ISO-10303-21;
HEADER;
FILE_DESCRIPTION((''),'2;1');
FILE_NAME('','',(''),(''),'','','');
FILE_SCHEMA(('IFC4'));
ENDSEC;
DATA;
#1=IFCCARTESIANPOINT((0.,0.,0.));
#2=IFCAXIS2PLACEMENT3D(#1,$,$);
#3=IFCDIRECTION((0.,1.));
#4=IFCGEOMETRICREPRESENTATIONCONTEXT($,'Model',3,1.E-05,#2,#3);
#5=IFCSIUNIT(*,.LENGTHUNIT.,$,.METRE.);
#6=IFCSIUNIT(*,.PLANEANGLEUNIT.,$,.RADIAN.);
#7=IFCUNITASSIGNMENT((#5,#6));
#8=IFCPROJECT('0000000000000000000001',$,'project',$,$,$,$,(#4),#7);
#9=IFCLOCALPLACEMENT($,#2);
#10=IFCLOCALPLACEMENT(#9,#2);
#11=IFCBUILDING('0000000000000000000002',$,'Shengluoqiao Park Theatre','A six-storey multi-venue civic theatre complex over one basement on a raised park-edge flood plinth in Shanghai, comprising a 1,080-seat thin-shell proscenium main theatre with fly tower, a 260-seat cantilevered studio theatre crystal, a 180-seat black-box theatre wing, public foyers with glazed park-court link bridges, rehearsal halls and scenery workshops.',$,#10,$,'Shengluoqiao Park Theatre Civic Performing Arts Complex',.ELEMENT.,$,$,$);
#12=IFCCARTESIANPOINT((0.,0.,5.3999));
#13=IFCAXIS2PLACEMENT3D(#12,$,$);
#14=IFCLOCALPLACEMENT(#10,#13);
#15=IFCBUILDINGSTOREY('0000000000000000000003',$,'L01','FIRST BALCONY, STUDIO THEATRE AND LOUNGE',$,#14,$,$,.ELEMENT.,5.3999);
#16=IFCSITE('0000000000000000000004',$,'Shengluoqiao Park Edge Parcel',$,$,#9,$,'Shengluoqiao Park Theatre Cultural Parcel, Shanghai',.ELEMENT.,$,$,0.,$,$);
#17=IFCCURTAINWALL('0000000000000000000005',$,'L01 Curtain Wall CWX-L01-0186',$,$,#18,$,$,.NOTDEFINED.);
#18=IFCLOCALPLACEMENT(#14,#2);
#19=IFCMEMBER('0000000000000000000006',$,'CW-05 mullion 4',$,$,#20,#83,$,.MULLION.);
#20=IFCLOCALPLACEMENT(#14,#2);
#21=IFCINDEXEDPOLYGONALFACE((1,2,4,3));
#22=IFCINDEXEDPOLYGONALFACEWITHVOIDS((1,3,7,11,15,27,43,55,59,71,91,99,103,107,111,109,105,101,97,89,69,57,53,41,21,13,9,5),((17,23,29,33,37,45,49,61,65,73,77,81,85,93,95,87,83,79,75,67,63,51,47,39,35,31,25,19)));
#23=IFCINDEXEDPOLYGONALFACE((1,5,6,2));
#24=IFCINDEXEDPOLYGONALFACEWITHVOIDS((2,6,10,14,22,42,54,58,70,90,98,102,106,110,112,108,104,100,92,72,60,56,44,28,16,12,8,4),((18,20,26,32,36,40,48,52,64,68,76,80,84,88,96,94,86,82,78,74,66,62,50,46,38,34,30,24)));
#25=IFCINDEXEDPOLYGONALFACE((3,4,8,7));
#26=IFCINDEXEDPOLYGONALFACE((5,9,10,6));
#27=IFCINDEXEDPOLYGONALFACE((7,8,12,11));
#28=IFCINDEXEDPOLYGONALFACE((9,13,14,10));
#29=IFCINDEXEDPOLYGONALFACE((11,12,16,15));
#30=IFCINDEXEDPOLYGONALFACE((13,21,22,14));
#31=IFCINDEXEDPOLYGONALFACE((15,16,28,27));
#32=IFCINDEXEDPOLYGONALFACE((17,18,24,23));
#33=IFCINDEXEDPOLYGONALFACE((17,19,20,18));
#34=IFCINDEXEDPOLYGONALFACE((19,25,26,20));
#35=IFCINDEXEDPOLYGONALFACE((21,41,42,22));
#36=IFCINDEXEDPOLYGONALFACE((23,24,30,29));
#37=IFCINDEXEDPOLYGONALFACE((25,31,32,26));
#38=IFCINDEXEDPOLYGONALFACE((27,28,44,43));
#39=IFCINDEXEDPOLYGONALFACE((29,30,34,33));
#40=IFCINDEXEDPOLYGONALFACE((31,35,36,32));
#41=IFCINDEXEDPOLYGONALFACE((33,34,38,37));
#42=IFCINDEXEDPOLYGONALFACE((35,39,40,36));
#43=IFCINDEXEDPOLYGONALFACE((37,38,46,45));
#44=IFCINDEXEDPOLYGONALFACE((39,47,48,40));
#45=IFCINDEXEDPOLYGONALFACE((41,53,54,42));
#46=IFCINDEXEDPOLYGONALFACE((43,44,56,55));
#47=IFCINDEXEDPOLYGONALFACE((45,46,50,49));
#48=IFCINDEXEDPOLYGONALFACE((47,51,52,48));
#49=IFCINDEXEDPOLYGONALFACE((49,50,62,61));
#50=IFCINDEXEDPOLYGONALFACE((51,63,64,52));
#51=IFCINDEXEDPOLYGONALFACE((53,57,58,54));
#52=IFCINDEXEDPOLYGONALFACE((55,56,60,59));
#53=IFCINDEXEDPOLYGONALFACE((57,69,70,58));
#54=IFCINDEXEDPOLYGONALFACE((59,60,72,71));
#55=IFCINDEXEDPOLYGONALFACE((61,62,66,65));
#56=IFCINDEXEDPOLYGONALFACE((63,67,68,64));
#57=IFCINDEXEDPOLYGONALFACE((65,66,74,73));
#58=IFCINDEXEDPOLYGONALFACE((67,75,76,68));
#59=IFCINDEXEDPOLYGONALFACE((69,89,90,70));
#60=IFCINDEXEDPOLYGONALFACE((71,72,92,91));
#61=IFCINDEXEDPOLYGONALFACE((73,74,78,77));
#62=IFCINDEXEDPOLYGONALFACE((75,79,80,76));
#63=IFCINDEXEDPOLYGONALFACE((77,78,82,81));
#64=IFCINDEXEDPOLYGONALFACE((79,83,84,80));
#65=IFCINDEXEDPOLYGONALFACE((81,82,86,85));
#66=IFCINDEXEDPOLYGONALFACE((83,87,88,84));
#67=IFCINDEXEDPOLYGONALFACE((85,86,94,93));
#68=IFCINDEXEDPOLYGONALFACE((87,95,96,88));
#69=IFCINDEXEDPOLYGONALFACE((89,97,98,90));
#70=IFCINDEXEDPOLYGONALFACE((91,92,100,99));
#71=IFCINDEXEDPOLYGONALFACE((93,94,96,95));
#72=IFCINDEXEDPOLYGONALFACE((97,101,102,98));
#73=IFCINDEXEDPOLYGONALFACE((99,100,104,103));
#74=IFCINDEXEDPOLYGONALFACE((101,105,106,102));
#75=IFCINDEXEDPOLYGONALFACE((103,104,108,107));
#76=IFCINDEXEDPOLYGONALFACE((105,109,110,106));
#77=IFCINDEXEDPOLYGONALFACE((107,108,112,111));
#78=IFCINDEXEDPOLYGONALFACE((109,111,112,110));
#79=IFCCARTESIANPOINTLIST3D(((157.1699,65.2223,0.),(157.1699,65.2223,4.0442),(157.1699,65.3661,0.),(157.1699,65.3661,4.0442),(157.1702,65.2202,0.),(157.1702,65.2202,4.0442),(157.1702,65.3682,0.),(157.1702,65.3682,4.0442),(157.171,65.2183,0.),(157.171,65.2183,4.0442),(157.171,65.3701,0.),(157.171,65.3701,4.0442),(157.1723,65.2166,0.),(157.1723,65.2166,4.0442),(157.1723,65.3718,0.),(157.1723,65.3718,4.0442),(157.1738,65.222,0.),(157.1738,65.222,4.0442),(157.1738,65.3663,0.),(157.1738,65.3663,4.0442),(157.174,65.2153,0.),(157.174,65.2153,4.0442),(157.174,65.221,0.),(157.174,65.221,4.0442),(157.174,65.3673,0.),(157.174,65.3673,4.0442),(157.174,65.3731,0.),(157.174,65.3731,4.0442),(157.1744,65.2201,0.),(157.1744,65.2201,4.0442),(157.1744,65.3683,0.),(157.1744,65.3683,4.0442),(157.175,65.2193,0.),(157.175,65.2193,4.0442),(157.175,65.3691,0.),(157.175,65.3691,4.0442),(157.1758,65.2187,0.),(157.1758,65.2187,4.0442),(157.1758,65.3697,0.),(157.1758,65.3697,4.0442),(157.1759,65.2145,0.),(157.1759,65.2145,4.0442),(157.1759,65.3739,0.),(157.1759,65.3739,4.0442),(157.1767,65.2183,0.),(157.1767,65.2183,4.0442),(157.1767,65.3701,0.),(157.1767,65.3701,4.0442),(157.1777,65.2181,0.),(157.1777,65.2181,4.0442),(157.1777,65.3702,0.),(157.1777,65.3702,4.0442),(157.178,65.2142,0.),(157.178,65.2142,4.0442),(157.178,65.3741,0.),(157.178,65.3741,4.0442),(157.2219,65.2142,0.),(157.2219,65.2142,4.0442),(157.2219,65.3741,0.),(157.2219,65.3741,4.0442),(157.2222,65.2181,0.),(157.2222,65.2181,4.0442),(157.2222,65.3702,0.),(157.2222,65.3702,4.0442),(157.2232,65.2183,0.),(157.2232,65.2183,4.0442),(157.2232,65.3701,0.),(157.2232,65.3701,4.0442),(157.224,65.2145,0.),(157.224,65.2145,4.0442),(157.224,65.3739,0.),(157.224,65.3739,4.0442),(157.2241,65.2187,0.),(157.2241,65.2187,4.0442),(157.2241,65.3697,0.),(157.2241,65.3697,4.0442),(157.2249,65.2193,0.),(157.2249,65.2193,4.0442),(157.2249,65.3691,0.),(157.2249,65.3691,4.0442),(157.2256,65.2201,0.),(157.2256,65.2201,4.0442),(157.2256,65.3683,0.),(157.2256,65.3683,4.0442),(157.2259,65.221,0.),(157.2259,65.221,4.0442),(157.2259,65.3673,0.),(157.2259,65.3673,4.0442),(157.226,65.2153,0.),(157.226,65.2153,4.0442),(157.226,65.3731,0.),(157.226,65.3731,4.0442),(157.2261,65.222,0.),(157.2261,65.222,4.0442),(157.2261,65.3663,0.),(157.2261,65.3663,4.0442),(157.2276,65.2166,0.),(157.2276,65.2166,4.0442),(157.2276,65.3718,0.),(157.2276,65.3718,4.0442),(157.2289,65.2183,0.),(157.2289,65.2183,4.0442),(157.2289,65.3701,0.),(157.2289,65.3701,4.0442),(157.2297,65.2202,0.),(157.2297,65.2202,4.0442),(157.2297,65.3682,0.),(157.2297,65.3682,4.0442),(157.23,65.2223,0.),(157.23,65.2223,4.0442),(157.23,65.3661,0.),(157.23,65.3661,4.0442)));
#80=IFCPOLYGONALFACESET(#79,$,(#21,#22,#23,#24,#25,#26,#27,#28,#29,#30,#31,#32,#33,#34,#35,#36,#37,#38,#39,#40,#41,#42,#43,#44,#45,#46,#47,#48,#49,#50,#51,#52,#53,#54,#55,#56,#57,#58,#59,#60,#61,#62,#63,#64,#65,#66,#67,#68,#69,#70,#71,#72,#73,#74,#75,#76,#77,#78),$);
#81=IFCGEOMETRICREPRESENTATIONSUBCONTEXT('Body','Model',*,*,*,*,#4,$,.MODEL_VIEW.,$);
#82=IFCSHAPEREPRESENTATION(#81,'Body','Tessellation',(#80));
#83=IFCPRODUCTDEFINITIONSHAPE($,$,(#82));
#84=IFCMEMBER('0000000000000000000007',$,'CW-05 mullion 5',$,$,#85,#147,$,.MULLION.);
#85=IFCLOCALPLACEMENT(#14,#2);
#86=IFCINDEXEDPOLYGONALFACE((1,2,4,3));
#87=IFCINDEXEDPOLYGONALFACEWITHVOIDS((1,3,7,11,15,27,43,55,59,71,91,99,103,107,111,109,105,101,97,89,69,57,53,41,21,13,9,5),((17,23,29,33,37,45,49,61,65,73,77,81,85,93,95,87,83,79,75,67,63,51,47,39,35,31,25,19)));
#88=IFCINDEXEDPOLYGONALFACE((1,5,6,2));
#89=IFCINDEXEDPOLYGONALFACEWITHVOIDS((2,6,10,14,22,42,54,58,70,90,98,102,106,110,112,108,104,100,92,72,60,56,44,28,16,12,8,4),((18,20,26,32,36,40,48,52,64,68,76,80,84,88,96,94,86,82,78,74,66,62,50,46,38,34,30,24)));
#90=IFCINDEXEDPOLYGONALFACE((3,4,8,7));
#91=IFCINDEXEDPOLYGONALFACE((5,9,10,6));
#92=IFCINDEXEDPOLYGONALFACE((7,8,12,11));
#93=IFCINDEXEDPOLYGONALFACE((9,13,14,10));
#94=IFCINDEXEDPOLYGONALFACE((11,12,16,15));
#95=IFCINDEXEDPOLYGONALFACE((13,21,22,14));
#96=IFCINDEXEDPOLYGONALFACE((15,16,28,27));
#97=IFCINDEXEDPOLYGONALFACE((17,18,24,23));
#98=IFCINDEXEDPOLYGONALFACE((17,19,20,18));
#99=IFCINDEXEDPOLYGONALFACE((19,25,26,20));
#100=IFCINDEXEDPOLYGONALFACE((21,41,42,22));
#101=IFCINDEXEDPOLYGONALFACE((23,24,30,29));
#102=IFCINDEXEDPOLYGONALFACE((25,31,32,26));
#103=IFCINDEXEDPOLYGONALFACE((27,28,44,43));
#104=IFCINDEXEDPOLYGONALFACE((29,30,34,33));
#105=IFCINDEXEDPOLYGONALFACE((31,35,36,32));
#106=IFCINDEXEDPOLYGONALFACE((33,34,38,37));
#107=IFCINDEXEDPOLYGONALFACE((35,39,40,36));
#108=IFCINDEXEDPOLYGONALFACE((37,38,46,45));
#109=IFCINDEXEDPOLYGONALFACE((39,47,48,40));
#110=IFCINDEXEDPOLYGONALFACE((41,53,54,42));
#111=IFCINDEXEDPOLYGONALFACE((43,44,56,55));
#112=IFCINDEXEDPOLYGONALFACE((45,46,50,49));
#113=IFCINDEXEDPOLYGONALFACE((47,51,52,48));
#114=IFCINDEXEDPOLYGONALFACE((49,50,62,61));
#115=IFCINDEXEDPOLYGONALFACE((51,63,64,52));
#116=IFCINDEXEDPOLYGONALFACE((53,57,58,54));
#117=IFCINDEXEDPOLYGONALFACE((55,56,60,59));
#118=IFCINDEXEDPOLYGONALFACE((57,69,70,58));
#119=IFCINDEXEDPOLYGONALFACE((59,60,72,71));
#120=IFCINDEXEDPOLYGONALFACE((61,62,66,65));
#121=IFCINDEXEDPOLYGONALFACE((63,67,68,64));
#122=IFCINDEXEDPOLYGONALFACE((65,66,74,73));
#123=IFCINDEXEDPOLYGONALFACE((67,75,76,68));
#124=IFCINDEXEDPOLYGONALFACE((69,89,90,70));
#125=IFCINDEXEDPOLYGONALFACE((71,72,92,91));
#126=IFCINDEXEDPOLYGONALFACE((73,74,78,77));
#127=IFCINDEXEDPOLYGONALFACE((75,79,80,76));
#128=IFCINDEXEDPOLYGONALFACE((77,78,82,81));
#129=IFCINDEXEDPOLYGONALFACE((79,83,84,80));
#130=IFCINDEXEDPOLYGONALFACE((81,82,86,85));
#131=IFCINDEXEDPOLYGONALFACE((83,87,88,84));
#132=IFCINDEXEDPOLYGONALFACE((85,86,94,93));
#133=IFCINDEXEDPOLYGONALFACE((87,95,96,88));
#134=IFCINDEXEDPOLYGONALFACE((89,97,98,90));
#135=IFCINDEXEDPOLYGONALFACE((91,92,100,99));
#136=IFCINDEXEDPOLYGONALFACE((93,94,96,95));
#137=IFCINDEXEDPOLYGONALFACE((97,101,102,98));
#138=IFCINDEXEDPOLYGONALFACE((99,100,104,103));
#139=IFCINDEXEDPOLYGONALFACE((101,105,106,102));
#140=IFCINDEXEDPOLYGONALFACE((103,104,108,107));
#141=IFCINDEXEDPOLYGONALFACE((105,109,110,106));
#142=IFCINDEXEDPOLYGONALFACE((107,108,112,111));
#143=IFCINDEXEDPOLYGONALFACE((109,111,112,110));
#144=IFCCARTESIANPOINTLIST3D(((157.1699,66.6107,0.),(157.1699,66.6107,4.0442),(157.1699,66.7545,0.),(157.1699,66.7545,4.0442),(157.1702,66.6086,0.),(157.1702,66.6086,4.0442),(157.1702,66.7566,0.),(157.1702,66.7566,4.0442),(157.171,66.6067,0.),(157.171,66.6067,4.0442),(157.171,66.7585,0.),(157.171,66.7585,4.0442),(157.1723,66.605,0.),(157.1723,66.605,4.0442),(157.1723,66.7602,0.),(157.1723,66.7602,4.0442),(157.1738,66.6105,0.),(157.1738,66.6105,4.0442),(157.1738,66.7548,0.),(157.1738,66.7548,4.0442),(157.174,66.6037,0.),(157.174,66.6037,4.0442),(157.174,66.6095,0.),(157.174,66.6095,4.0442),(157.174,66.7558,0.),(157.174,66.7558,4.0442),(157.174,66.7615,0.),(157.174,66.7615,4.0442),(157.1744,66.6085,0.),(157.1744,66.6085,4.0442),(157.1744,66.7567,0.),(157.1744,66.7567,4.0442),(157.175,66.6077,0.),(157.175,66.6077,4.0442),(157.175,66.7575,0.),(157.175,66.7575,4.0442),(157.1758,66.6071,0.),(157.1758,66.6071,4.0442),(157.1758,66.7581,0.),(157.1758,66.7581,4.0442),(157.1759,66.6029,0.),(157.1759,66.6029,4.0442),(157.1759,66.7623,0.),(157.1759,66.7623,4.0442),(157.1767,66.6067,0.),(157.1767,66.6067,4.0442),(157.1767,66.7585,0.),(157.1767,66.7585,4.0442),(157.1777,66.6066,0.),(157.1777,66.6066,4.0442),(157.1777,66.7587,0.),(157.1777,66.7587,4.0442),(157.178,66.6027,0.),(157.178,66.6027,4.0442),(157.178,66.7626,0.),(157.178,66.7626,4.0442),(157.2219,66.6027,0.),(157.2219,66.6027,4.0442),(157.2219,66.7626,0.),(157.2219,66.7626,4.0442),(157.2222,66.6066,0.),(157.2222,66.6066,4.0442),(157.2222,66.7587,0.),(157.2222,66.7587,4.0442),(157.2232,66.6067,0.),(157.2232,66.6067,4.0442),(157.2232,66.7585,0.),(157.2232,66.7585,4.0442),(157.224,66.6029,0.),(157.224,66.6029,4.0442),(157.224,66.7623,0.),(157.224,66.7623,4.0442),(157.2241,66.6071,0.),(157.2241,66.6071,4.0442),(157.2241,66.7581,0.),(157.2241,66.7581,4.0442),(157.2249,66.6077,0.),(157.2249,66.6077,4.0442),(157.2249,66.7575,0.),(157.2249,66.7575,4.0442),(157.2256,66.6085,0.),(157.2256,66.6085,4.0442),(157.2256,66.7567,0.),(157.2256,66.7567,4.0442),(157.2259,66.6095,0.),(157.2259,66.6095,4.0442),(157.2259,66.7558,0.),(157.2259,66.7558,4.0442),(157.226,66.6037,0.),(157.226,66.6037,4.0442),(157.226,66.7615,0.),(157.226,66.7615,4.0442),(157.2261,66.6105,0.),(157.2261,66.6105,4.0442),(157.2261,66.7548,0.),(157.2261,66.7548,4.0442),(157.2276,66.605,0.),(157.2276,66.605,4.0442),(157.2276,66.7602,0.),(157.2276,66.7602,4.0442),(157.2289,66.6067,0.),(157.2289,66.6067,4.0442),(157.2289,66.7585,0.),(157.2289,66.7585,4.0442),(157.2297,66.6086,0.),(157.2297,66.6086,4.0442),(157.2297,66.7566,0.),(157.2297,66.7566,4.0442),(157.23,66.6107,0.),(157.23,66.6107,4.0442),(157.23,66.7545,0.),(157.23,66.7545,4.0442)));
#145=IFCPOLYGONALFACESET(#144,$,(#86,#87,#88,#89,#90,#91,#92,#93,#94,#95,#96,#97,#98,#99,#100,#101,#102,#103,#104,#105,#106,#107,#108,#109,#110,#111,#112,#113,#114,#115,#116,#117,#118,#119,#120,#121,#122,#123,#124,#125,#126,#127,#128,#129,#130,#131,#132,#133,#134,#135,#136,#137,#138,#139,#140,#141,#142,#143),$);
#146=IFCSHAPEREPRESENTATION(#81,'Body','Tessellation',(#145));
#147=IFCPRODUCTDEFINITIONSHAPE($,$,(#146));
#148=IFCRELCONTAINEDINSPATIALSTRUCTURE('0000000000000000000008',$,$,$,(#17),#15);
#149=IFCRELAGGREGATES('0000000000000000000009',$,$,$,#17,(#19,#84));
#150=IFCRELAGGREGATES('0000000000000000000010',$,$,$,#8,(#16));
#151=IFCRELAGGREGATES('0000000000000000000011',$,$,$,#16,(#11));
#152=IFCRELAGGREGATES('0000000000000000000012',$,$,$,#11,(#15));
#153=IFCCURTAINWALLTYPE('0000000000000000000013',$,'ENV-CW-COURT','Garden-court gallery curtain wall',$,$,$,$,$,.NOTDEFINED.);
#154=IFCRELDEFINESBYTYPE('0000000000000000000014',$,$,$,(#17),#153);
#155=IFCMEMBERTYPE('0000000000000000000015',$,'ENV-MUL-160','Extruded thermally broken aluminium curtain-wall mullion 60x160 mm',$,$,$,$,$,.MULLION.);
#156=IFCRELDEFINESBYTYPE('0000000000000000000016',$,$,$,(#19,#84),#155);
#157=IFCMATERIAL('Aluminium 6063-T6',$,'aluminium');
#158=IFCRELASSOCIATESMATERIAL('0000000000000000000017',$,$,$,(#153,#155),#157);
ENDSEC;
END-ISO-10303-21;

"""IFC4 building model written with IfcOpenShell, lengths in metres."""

from ifc_helpers import new_model, si_unit, direction, frame, origin, origin_2d, place, context, subcontext, project, spatial, hollow_rectangle, extrude, material, material_profile, profile_set, type_object, element, aggregate, save


model = new_model("IFC4")

# Units and contexts
model_context = context("Model", 3, precision=1e-05, world=origin(), true_north=direction((0.0, 1.0)))
body_context = subcontext(model_context, "Body", "Model", "MODEL_VIEW")
ifc_project = project(units=[si_unit("LENGTHUNIT", "METRE"), si_unit("PLANEANGLEUNIT", "RADIAN")], contexts=[model_context])

# Site, building, storey
site_placement = place(None, origin())
site = spatial("IfcSite", under=ifc_project, at=site_placement, Name="Shengluoqiao Park Edge Parcel", LongName="Shengluoqiao Park Theatre Cultural Parcel, Shanghai", CompositionType="ELEMENT", RefElevation=0.0)
building_placement = place(site_placement, origin())
building = spatial("IfcBuilding", under=site, at=building_placement, Name="Shengluoqiao Park Theatre", Description="A six-storey multi-venue civic theatre complex over one basement on a raised park-edge flood plinth in Shanghai, comprising a 1,080-seat thin-shell proscenium main theatre with fly tower, a 260-seat cantilevered studio theatre crystal, a 180-seat black-box theatre wing, public foyers with glazed park-court link bridges, rehearsal halls and scenery workshops.", LongName="Shengluoqiao Park Theatre Civic Performing Arts Complex", CompositionType="ELEMENT")
storey_placement = place(building_placement, frame((0.0, 0.0, 5.3999)))
storey = spatial("IfcBuildingStorey", under=building, at=storey_placement, Name="L01", Description="FIRST BALCONY, STUDIO THEATRE AND LOUNGE", CompositionType="ELEMENT", Elevation=5.3999)

# Curtain wall, members
ifc_material_1 = material(Name="Aluminium 6063-T6", Category="aluminium")
curtain_wall_type = type_object("IfcCurtainWallType", Name="ENV-CW-COURT", Description="Garden-court gallery curtain wall", PredefinedType="NOTDEFINED", material=ifc_material_1)
curtain_wall_placement = place(storey_placement, origin())
curtain_wall = element("IfcCurtainWall", 1, at=curtain_wall_placement, inside=storey, type_object=curtain_wall_type, Name="L01 Curtain Wall CWX-L01-0186", PredefinedType="NOTDEFINED")
ifc_material_profile_1 = material_profile(ifc_material_1, hollow_rectangle(XDim=0.0601, YDim=0.1599, WallThickness=0.0039, InnerFilletRadius=0.0039, OuterFilletRadius=0.0081, at=origin_2d()), Name="ALU MULLION 160x60x4")
ifc_profile_set_1 = profile_set([ifc_material_profile_1], Name="Aluminium 6063-T6")
member_type_1 = type_object("IfcMemberType", Name="ENV-MUL-160", Description="Extruded thermally broken aluminium curtain-wall mullion 60x160 mm", PredefinedType="MULLION", material=ifc_profile_set_1)
member_1_placement = place(storey_placement, frame((157.2, 65.2942, 0.0), z_axis=(0.0, 0.0, 1.0), x_axis=(-1.0, 0.0, 0.0)))
member_1 = element("IfcMember", 2, at=member_1_placement, type_object=member_type_1, Name="CW-05 mullion 4", PredefinedType="MULLION", context=body_context, shape_type="SweptSolid", body=[
    extrude(hollow_rectangle(XDim=0.0601, YDim=0.1599, WallThickness=0.0039, InnerFilletRadius=0.0039, OuterFilletRadius=0.0081, at=origin_2d()), origin(), (0.0, 0.0, 1.0), 4.0442),
])
member_2_placement = place(storey_placement, frame((157.2, 66.6826, 0.0), z_axis=(0.0, 0.0, 1.0), x_axis=(-1.0, 0.0, 0.0)))
member_2 = element("IfcMember", 3, at=member_2_placement, type_object=member_type_1, Name="CW-05 mullion 5", PredefinedType="MULLION", context=body_context, shape_type="SweptSolid", body=[
    extrude(hollow_rectangle(XDim=0.0601, YDim=0.1599, WallThickness=0.0039, InnerFilletRadius=0.0039, OuterFilletRadius=0.0081, at=origin_2d()), origin(), (0.0, 0.0, 1.0), 4.0442),
])
aggregate(curtain_wall, [member_1, member_2])

save(model, "model.ifc")
